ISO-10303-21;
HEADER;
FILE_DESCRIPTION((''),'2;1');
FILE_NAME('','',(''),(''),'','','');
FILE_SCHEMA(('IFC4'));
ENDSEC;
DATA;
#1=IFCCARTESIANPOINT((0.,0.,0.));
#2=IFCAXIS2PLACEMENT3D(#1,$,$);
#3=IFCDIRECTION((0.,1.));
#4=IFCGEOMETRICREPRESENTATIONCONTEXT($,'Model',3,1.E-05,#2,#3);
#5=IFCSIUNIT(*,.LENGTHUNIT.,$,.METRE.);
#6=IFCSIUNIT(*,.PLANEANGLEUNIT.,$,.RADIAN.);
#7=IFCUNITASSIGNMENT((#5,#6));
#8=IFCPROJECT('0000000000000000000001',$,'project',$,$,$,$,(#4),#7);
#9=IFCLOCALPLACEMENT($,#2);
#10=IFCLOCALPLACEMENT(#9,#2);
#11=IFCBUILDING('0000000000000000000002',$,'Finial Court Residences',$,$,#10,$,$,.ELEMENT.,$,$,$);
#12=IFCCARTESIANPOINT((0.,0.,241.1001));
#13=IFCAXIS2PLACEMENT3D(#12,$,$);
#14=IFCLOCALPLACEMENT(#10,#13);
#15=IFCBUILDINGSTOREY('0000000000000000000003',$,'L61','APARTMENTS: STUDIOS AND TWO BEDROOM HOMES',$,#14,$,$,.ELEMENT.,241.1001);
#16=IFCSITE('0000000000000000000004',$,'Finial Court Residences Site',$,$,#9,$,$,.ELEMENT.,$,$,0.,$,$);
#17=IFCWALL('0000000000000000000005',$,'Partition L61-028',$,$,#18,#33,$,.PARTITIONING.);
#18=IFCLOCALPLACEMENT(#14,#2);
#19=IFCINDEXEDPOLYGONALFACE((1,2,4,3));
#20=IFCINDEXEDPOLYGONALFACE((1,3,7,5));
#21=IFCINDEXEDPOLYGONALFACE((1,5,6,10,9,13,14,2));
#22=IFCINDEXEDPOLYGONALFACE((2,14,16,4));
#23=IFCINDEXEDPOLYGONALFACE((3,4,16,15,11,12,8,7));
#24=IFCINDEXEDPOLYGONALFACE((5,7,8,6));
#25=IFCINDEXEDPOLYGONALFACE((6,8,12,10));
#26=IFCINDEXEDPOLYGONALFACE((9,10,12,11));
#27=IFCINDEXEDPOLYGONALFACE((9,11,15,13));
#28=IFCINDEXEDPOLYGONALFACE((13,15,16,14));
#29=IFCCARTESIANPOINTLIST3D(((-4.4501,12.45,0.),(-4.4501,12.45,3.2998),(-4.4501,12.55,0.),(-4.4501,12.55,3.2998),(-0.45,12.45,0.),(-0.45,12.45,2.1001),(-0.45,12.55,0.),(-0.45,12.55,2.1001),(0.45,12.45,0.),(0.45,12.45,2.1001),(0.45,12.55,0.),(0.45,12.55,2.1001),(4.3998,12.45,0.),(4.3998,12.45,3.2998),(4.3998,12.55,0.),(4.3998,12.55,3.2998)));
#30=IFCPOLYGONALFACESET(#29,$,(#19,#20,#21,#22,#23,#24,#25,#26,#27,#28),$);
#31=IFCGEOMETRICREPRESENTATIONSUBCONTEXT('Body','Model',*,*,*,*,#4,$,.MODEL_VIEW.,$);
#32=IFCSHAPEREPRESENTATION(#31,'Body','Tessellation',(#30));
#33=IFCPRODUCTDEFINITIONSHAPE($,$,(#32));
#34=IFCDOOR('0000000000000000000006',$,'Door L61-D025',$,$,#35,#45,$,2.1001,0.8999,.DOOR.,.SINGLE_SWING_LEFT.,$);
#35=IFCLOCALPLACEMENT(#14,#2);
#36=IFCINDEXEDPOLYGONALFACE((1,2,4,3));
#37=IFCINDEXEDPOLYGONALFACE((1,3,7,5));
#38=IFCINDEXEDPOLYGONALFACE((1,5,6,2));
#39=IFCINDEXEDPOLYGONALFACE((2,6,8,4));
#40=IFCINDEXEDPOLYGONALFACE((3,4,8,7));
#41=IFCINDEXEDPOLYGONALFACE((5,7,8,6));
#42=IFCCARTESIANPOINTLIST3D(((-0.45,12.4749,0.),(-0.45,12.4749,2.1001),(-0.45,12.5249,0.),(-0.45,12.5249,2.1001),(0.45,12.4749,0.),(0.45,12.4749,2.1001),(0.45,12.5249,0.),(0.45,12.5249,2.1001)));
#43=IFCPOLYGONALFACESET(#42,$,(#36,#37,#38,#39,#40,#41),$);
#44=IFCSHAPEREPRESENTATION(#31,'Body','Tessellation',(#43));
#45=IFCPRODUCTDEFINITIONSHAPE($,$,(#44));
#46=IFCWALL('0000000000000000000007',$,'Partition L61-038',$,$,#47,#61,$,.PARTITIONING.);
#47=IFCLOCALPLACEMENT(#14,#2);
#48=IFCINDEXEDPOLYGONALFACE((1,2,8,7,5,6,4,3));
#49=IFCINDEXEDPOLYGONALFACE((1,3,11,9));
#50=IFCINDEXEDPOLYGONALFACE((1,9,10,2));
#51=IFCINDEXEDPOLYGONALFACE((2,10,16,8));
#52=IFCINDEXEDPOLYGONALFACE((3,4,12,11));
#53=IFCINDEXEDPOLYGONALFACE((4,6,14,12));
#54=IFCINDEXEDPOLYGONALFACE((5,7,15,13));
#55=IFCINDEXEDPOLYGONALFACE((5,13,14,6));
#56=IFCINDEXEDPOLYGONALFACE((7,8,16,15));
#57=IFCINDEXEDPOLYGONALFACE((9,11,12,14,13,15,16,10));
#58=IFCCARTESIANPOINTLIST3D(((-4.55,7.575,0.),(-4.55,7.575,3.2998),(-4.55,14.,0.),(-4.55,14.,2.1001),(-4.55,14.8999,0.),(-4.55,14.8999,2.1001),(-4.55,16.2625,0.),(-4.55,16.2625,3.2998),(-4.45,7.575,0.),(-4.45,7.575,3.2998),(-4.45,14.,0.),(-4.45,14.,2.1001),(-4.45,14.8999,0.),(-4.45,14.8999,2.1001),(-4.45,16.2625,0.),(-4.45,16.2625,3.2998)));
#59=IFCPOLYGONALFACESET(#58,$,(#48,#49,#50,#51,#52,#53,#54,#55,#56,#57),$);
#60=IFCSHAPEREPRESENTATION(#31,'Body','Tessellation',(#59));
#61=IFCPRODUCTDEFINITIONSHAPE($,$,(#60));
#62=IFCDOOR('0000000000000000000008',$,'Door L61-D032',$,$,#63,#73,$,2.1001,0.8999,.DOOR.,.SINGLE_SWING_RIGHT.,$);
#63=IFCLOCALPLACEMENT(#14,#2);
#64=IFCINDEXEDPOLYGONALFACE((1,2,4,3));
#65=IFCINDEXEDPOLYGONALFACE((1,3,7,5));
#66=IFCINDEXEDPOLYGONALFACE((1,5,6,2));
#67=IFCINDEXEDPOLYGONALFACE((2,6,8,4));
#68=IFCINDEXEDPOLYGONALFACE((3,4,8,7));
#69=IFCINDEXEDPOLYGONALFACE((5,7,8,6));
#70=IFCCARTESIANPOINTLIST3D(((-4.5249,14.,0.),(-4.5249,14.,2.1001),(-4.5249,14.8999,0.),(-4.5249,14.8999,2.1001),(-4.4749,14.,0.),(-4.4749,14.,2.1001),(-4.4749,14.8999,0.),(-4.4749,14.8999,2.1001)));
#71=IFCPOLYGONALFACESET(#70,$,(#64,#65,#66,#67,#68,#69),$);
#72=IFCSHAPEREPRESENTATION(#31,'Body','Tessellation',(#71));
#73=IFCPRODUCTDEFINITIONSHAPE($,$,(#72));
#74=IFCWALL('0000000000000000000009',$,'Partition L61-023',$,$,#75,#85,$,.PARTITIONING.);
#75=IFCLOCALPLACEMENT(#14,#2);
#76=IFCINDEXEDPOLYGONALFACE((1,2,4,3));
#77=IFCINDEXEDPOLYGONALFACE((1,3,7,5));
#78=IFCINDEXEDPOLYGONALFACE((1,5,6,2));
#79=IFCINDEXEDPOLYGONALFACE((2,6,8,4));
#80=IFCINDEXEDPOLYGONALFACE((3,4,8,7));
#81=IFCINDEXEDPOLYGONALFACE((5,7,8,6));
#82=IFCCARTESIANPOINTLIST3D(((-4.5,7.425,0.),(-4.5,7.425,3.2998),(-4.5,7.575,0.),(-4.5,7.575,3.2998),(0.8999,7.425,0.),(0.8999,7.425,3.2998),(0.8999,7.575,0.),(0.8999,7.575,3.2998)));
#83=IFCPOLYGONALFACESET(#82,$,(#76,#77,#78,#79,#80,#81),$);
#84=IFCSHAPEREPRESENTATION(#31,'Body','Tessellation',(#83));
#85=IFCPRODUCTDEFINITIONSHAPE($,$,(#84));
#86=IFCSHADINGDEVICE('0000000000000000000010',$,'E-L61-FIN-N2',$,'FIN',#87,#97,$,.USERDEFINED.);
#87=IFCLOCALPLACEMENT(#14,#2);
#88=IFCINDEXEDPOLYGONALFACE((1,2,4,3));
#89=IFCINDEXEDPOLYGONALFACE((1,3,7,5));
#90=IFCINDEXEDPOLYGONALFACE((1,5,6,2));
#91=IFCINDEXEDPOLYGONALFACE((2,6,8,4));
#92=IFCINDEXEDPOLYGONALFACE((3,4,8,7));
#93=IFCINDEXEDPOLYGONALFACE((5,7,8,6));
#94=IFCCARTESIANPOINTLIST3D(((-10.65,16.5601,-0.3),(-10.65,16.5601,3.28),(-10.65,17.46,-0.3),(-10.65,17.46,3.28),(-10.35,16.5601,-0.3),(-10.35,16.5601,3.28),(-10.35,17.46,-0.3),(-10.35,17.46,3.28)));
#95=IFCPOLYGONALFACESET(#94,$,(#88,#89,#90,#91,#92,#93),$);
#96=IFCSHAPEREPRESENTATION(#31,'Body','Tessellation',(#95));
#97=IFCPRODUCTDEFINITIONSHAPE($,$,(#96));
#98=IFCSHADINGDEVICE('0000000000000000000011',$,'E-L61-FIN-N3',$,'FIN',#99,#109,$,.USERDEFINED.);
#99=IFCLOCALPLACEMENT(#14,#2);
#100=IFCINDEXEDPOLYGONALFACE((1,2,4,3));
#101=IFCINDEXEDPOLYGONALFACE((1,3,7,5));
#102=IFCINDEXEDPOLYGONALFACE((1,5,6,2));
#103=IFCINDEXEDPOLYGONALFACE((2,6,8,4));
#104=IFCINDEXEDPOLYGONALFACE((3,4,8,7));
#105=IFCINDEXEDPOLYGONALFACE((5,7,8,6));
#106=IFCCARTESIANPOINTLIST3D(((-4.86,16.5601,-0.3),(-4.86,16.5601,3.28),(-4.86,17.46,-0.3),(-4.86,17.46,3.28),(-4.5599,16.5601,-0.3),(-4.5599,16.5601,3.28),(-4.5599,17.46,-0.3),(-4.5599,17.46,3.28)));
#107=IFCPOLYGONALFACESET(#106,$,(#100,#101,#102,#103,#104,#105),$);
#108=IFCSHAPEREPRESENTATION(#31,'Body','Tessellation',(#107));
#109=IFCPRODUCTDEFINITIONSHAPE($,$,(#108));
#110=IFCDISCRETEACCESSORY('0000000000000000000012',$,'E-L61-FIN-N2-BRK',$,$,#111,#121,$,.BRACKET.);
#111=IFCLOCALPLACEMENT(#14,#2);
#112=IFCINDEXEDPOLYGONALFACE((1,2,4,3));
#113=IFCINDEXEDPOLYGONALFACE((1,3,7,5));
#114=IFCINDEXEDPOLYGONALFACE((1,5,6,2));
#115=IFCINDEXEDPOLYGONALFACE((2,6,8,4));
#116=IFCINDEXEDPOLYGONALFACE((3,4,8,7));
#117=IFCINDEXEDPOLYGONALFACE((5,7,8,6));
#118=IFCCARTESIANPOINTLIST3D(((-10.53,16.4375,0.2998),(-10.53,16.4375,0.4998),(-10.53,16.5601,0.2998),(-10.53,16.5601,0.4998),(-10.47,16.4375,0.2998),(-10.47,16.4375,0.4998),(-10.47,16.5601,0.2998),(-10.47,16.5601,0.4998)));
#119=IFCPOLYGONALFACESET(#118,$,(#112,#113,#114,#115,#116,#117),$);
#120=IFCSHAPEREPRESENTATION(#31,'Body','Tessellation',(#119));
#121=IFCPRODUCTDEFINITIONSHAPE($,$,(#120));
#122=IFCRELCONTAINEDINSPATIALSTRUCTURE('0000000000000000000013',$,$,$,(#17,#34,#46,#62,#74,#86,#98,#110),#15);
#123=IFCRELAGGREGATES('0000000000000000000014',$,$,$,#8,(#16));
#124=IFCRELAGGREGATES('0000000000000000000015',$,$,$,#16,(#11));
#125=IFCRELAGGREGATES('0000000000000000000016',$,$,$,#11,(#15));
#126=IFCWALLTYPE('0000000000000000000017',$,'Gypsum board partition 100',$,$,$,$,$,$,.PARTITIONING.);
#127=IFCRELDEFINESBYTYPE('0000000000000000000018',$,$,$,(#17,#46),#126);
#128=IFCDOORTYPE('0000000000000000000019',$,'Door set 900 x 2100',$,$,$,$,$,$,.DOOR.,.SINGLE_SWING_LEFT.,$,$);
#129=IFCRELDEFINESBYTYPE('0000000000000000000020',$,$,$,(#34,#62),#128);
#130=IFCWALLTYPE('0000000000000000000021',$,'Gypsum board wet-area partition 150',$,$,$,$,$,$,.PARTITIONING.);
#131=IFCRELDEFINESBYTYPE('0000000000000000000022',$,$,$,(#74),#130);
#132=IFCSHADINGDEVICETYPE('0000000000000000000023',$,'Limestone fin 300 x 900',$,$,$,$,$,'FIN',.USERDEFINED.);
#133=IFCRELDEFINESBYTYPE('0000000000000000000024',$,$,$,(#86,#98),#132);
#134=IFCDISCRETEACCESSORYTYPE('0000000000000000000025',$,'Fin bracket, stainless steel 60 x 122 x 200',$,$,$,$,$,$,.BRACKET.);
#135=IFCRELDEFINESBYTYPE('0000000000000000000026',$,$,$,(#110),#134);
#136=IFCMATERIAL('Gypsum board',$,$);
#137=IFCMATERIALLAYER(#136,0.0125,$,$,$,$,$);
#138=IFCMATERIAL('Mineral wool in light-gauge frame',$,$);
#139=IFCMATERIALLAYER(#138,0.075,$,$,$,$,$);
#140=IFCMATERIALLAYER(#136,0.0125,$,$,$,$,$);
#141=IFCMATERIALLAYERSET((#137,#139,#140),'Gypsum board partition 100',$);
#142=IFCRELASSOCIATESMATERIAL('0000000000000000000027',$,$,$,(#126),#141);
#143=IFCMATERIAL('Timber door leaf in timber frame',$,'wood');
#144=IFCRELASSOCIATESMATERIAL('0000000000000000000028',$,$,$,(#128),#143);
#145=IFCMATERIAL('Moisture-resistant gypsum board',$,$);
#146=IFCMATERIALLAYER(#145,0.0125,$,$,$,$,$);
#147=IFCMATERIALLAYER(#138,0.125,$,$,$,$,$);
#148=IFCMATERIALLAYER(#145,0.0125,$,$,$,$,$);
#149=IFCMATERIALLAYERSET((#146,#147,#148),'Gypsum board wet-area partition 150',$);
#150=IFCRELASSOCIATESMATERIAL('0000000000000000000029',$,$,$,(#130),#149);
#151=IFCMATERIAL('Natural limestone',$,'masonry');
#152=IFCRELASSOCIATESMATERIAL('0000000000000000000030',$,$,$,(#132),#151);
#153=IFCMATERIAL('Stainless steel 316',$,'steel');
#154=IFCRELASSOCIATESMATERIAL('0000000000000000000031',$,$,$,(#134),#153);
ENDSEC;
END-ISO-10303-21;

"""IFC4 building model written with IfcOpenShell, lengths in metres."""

from ifc_helpers import new_model, si_unit, direction, frame, frame_2d, origin, origin_2d, place, context, subcontext, project, spatial, rectangle, extrude, material, layer, layer_set, type_object, element, fill, save


model = new_model("IFC4")

# Units and contexts
model_context = context("Model", 3, precision=1e-05, world=origin(), true_north=direction((0.0, 1.0)))
body_context = subcontext(model_context, "Body", "Model", "MODEL_VIEW")
ifc_project = project(units=[si_unit("LENGTHUNIT", "METRE"), si_unit("PLANEANGLEUNIT", "RADIAN")], contexts=[model_context])

# Site, building, storey
site_placement = place(None, origin())
site = spatial("IfcSite", under=ifc_project, at=site_placement, Name="Finial Court Residences Site", CompositionType="ELEMENT", RefElevation=0.0)
building_placement = place(site_placement, origin())
building = spatial("IfcBuilding", under=site, at=building_placement, Name="Finial Court Residences", CompositionType="ELEMENT")
storey_placement = place(building_placement, frame((0.0, 0.0, 241.1001)))
storey = spatial("IfcBuildingStorey", under=building, at=storey_placement, Name="L61", Description="APARTMENTS: STUDIOS AND TWO BEDROOM HOMES", CompositionType="ELEMENT", Elevation=241.1001)

# Walls, openings, doors
ifc_material_1 = material(Name="Gypsum board")
ifc_layer_1 = layer(ifc_material_1, 0.0125)
ifc_material_2 = material(Name="Mineral wool in light-gauge frame")
ifc_layer_2 = layer(ifc_material_2, 0.075)
ifc_layer_3 = layer(ifc_material_1, 0.0125)
ifc_layer_set_1 = layer_set([ifc_layer_1, ifc_layer_2, ifc_layer_3], Name="Gypsum board partition 100")
wall_type_1 = type_object("IfcWallType", Name="Gypsum board partition 100", PredefinedType="PARTITIONING", material=ifc_layer_set_1)
ifc_material_3 = material(Name="Timber door leaf in timber frame", Category="wood")
door_type = type_object("IfcDoorType", Name="Door set 900 x 2100", OperationType="SINGLE_SWING_LEFT", PredefinedType="DOOR", material=ifc_material_3)
wall_1_placement = place(storey_placement, frame((-4.45, 12.5, 0.0), z_axis=(0.0, 0.0, 1.0), x_axis=(1.0, 0.0, 0.0)))
wall_1 = element("IfcWall", 1, at=wall_1_placement, inside=storey, type_object=wall_type_1, Name="Partition L61-028", PredefinedType="PARTITIONING", context=body_context, shape_type="SweptSolid", body=[
    extrude(rectangle(XDim=8.8499, YDim=0.1001, at=frame_2d((4.4248, 0.0))), origin(), (0.0, 0.0, 1.0), 3.2998),
])
opening_1_placement = place(wall_1_placement, frame((4.0, 0.0, 0.0)))
opening_1 = element("IfcOpeningElement", 2, at=opening_1_placement, cuts=wall_1, PredefinedType="OPENING", context=body_context, shape_type="SweptSolid", body=[
    extrude(rectangle(XDim=0.8999, YDim=2.1001, at=frame_2d((0.45, 1.05))), frame((0.0, 0.0601, 0.0), z_axis=(0.0, -1.0, 0.0), x_axis=(1.0, 0.0, 0.0)), (0.0, 0.0, 1.0), 0.1201),
])
door_1_placement = place(opening_1_placement, origin())
door_1 = element("IfcDoor", 3, at=door_1_placement, inside=storey, type_object=door_type, Name="Door L61-D025", OperationType="SINGLE_SWING_LEFT", OverallHeight=2.1001, OverallWidth=0.8999, PredefinedType="DOOR", context=body_context, shape_type="SweptSolid", body=[
    extrude(rectangle(XDim=0.8999, YDim=2.1001, at=frame_2d((0.45, 1.05))), frame((0.0, 0.0249, 0.0), z_axis=(0.0, -1.0, 0.0), x_axis=(1.0, 0.0, 0.0)), (0.0, 0.0, 1.0), 0.05),
])
fill(opening_1, door_1)
wall_2_placement = place(storey_placement, frame((-4.5, 7.575, 0.0), z_axis=(0.0, 0.0, 1.0), x_axis=(0.0, 1.0, 0.0)))
wall_2 = element("IfcWall", 4, at=wall_2_placement, inside=storey, type_object=wall_type_1, Name="Partition L61-038", PredefinedType="PARTITIONING", context=body_context, shape_type="SweptSolid", body=[
    extrude(rectangle(XDim=8.6875, YDim=0.1001, at=frame_2d((4.3438, 0.0))), origin(), (0.0, 0.0, 1.0), 3.2998),
])
opening_2_placement = place(wall_2_placement, frame((6.425, 0.0, 0.0)))
opening_2 = element("IfcOpeningElement", 5, at=opening_2_placement, cuts=wall_2, PredefinedType="OPENING", context=body_context, shape_type="SweptSolid", body=[
    extrude(rectangle(XDim=0.8999, YDim=2.1001, at=frame_2d((0.45, 1.05))), frame((0.0, 0.0601, 0.0), z_axis=(0.0, -1.0, 0.0), x_axis=(1.0, 0.0, 0.0)), (0.0, 0.0, 1.0), 0.1201),
])
door_2_placement = place(opening_2_placement, origin())
door_2 = element("IfcDoor", 6, at=door_2_placement, inside=storey, type_object=door_type, Name="Door L61-D032", OperationType="SINGLE_SWING_RIGHT", OverallHeight=2.1001, OverallWidth=0.8999, PredefinedType="DOOR", context=body_context, shape_type="SweptSolid", body=[
    extrude(rectangle(XDim=0.8999, YDim=2.1001, at=frame_2d((0.45, 1.05))), frame((0.0, 0.0249, 0.0), z_axis=(0.0, -1.0, 0.0), x_axis=(1.0, 0.0, 0.0)), (0.0, 0.0, 1.0), 0.05),
])
fill(opening_2, door_2)

# Wall
ifc_material_4 = material(Name="Moisture-resistant gypsum board")
ifc_layer_4 = layer(ifc_material_4, 0.0125)
ifc_layer_5 = layer(ifc_material_2, 0.125)
ifc_layer_6 = layer(ifc_material_4, 0.0125)
ifc_layer_set_2 = layer_set([ifc_layer_4, ifc_layer_5, ifc_layer_6], Name="Gypsum board wet-area partition 150")
wall_type_2 = type_object("IfcWallType", Name="Gypsum board wet-area partition 150", PredefinedType="PARTITIONING", material=ifc_layer_set_2)
wall_3_placement = place(storey_placement, frame((-4.5, 7.5, 0.0), z_axis=(0.0, 0.0, 1.0), x_axis=(1.0, 0.0, 0.0)))
element("IfcWall", 7, at=wall_3_placement, inside=storey, type_object=wall_type_2, Name="Partition L61-023", PredefinedType="PARTITIONING", context=body_context, shape_type="SweptSolid", body=[
    extrude(rectangle(XDim=5.3999, YDim=0.1499, at=frame_2d((2.7, 0.0))), origin(), (0.0, 0.0, 1.0), 3.2998),
])

# Shading devices
ifc_material_5 = material(Name="Natural limestone", Category="masonry")
shading_device_type = type_object("IfcShadingDeviceType", Name="Limestone fin 300 x 900", ElementType="FIN", PredefinedType="USERDEFINED", material=ifc_material_5)
for number, where, z_axis, x_axis, name in (
    (8, (-10.5, 17.01, -0.3), (0.0, 0.0, 1.0), (1.0, 0.0, 0.0), "E-L61-FIN-N2"),
    (9, (-4.71, 17.01, -0.3), (0.0, 0.0, 1.0), (1.0, 0.0, 0.0), "E-L61-FIN-N3"),
):
    element("IfcShadingDevice", number, at=place(storey_placement, frame(where, z_axis=z_axis, x_axis=x_axis)), inside=storey, type_object=shading_device_type, Name=name, ObjectType="FIN", PredefinedType="USERDEFINED", context=body_context, shape_type="SweptSolid", body=[
        extrude(rectangle(XDim=0.3, YDim=0.8999, at=origin_2d()), origin(), (0.0, 0.0, 1.0), 3.5801),
    ])

# Discrete accessory
ifc_material_6 = material(Name="Stainless steel 316", Category="steel")
discrete_accessory_type = type_object("IfcDiscreteAccessoryType", Name="Fin bracket, stainless steel 60 x 122 x 200", PredefinedType="BRACKET", material=ifc_material_6)
discrete_accessory_placement = place(storey_placement, frame((-10.5, 16.4988, 0.2998), z_axis=(0.0, 0.0, 1.0), x_axis=(1.0, 0.0, 0.0)))
element("IfcDiscreteAccessory", 10, at=discrete_accessory_placement, inside=storey, type_object=discrete_accessory_type, Name="E-L61-FIN-N2-BRK", PredefinedType="BRACKET", context=body_context, shape_type="SweptSolid", body=[
    extrude(rectangle(XDim=0.0601, YDim=0.1226, at=origin_2d()), origin(), (0.0, 0.0, 1.0), 0.2),
])

save(model, "model.ifc")
